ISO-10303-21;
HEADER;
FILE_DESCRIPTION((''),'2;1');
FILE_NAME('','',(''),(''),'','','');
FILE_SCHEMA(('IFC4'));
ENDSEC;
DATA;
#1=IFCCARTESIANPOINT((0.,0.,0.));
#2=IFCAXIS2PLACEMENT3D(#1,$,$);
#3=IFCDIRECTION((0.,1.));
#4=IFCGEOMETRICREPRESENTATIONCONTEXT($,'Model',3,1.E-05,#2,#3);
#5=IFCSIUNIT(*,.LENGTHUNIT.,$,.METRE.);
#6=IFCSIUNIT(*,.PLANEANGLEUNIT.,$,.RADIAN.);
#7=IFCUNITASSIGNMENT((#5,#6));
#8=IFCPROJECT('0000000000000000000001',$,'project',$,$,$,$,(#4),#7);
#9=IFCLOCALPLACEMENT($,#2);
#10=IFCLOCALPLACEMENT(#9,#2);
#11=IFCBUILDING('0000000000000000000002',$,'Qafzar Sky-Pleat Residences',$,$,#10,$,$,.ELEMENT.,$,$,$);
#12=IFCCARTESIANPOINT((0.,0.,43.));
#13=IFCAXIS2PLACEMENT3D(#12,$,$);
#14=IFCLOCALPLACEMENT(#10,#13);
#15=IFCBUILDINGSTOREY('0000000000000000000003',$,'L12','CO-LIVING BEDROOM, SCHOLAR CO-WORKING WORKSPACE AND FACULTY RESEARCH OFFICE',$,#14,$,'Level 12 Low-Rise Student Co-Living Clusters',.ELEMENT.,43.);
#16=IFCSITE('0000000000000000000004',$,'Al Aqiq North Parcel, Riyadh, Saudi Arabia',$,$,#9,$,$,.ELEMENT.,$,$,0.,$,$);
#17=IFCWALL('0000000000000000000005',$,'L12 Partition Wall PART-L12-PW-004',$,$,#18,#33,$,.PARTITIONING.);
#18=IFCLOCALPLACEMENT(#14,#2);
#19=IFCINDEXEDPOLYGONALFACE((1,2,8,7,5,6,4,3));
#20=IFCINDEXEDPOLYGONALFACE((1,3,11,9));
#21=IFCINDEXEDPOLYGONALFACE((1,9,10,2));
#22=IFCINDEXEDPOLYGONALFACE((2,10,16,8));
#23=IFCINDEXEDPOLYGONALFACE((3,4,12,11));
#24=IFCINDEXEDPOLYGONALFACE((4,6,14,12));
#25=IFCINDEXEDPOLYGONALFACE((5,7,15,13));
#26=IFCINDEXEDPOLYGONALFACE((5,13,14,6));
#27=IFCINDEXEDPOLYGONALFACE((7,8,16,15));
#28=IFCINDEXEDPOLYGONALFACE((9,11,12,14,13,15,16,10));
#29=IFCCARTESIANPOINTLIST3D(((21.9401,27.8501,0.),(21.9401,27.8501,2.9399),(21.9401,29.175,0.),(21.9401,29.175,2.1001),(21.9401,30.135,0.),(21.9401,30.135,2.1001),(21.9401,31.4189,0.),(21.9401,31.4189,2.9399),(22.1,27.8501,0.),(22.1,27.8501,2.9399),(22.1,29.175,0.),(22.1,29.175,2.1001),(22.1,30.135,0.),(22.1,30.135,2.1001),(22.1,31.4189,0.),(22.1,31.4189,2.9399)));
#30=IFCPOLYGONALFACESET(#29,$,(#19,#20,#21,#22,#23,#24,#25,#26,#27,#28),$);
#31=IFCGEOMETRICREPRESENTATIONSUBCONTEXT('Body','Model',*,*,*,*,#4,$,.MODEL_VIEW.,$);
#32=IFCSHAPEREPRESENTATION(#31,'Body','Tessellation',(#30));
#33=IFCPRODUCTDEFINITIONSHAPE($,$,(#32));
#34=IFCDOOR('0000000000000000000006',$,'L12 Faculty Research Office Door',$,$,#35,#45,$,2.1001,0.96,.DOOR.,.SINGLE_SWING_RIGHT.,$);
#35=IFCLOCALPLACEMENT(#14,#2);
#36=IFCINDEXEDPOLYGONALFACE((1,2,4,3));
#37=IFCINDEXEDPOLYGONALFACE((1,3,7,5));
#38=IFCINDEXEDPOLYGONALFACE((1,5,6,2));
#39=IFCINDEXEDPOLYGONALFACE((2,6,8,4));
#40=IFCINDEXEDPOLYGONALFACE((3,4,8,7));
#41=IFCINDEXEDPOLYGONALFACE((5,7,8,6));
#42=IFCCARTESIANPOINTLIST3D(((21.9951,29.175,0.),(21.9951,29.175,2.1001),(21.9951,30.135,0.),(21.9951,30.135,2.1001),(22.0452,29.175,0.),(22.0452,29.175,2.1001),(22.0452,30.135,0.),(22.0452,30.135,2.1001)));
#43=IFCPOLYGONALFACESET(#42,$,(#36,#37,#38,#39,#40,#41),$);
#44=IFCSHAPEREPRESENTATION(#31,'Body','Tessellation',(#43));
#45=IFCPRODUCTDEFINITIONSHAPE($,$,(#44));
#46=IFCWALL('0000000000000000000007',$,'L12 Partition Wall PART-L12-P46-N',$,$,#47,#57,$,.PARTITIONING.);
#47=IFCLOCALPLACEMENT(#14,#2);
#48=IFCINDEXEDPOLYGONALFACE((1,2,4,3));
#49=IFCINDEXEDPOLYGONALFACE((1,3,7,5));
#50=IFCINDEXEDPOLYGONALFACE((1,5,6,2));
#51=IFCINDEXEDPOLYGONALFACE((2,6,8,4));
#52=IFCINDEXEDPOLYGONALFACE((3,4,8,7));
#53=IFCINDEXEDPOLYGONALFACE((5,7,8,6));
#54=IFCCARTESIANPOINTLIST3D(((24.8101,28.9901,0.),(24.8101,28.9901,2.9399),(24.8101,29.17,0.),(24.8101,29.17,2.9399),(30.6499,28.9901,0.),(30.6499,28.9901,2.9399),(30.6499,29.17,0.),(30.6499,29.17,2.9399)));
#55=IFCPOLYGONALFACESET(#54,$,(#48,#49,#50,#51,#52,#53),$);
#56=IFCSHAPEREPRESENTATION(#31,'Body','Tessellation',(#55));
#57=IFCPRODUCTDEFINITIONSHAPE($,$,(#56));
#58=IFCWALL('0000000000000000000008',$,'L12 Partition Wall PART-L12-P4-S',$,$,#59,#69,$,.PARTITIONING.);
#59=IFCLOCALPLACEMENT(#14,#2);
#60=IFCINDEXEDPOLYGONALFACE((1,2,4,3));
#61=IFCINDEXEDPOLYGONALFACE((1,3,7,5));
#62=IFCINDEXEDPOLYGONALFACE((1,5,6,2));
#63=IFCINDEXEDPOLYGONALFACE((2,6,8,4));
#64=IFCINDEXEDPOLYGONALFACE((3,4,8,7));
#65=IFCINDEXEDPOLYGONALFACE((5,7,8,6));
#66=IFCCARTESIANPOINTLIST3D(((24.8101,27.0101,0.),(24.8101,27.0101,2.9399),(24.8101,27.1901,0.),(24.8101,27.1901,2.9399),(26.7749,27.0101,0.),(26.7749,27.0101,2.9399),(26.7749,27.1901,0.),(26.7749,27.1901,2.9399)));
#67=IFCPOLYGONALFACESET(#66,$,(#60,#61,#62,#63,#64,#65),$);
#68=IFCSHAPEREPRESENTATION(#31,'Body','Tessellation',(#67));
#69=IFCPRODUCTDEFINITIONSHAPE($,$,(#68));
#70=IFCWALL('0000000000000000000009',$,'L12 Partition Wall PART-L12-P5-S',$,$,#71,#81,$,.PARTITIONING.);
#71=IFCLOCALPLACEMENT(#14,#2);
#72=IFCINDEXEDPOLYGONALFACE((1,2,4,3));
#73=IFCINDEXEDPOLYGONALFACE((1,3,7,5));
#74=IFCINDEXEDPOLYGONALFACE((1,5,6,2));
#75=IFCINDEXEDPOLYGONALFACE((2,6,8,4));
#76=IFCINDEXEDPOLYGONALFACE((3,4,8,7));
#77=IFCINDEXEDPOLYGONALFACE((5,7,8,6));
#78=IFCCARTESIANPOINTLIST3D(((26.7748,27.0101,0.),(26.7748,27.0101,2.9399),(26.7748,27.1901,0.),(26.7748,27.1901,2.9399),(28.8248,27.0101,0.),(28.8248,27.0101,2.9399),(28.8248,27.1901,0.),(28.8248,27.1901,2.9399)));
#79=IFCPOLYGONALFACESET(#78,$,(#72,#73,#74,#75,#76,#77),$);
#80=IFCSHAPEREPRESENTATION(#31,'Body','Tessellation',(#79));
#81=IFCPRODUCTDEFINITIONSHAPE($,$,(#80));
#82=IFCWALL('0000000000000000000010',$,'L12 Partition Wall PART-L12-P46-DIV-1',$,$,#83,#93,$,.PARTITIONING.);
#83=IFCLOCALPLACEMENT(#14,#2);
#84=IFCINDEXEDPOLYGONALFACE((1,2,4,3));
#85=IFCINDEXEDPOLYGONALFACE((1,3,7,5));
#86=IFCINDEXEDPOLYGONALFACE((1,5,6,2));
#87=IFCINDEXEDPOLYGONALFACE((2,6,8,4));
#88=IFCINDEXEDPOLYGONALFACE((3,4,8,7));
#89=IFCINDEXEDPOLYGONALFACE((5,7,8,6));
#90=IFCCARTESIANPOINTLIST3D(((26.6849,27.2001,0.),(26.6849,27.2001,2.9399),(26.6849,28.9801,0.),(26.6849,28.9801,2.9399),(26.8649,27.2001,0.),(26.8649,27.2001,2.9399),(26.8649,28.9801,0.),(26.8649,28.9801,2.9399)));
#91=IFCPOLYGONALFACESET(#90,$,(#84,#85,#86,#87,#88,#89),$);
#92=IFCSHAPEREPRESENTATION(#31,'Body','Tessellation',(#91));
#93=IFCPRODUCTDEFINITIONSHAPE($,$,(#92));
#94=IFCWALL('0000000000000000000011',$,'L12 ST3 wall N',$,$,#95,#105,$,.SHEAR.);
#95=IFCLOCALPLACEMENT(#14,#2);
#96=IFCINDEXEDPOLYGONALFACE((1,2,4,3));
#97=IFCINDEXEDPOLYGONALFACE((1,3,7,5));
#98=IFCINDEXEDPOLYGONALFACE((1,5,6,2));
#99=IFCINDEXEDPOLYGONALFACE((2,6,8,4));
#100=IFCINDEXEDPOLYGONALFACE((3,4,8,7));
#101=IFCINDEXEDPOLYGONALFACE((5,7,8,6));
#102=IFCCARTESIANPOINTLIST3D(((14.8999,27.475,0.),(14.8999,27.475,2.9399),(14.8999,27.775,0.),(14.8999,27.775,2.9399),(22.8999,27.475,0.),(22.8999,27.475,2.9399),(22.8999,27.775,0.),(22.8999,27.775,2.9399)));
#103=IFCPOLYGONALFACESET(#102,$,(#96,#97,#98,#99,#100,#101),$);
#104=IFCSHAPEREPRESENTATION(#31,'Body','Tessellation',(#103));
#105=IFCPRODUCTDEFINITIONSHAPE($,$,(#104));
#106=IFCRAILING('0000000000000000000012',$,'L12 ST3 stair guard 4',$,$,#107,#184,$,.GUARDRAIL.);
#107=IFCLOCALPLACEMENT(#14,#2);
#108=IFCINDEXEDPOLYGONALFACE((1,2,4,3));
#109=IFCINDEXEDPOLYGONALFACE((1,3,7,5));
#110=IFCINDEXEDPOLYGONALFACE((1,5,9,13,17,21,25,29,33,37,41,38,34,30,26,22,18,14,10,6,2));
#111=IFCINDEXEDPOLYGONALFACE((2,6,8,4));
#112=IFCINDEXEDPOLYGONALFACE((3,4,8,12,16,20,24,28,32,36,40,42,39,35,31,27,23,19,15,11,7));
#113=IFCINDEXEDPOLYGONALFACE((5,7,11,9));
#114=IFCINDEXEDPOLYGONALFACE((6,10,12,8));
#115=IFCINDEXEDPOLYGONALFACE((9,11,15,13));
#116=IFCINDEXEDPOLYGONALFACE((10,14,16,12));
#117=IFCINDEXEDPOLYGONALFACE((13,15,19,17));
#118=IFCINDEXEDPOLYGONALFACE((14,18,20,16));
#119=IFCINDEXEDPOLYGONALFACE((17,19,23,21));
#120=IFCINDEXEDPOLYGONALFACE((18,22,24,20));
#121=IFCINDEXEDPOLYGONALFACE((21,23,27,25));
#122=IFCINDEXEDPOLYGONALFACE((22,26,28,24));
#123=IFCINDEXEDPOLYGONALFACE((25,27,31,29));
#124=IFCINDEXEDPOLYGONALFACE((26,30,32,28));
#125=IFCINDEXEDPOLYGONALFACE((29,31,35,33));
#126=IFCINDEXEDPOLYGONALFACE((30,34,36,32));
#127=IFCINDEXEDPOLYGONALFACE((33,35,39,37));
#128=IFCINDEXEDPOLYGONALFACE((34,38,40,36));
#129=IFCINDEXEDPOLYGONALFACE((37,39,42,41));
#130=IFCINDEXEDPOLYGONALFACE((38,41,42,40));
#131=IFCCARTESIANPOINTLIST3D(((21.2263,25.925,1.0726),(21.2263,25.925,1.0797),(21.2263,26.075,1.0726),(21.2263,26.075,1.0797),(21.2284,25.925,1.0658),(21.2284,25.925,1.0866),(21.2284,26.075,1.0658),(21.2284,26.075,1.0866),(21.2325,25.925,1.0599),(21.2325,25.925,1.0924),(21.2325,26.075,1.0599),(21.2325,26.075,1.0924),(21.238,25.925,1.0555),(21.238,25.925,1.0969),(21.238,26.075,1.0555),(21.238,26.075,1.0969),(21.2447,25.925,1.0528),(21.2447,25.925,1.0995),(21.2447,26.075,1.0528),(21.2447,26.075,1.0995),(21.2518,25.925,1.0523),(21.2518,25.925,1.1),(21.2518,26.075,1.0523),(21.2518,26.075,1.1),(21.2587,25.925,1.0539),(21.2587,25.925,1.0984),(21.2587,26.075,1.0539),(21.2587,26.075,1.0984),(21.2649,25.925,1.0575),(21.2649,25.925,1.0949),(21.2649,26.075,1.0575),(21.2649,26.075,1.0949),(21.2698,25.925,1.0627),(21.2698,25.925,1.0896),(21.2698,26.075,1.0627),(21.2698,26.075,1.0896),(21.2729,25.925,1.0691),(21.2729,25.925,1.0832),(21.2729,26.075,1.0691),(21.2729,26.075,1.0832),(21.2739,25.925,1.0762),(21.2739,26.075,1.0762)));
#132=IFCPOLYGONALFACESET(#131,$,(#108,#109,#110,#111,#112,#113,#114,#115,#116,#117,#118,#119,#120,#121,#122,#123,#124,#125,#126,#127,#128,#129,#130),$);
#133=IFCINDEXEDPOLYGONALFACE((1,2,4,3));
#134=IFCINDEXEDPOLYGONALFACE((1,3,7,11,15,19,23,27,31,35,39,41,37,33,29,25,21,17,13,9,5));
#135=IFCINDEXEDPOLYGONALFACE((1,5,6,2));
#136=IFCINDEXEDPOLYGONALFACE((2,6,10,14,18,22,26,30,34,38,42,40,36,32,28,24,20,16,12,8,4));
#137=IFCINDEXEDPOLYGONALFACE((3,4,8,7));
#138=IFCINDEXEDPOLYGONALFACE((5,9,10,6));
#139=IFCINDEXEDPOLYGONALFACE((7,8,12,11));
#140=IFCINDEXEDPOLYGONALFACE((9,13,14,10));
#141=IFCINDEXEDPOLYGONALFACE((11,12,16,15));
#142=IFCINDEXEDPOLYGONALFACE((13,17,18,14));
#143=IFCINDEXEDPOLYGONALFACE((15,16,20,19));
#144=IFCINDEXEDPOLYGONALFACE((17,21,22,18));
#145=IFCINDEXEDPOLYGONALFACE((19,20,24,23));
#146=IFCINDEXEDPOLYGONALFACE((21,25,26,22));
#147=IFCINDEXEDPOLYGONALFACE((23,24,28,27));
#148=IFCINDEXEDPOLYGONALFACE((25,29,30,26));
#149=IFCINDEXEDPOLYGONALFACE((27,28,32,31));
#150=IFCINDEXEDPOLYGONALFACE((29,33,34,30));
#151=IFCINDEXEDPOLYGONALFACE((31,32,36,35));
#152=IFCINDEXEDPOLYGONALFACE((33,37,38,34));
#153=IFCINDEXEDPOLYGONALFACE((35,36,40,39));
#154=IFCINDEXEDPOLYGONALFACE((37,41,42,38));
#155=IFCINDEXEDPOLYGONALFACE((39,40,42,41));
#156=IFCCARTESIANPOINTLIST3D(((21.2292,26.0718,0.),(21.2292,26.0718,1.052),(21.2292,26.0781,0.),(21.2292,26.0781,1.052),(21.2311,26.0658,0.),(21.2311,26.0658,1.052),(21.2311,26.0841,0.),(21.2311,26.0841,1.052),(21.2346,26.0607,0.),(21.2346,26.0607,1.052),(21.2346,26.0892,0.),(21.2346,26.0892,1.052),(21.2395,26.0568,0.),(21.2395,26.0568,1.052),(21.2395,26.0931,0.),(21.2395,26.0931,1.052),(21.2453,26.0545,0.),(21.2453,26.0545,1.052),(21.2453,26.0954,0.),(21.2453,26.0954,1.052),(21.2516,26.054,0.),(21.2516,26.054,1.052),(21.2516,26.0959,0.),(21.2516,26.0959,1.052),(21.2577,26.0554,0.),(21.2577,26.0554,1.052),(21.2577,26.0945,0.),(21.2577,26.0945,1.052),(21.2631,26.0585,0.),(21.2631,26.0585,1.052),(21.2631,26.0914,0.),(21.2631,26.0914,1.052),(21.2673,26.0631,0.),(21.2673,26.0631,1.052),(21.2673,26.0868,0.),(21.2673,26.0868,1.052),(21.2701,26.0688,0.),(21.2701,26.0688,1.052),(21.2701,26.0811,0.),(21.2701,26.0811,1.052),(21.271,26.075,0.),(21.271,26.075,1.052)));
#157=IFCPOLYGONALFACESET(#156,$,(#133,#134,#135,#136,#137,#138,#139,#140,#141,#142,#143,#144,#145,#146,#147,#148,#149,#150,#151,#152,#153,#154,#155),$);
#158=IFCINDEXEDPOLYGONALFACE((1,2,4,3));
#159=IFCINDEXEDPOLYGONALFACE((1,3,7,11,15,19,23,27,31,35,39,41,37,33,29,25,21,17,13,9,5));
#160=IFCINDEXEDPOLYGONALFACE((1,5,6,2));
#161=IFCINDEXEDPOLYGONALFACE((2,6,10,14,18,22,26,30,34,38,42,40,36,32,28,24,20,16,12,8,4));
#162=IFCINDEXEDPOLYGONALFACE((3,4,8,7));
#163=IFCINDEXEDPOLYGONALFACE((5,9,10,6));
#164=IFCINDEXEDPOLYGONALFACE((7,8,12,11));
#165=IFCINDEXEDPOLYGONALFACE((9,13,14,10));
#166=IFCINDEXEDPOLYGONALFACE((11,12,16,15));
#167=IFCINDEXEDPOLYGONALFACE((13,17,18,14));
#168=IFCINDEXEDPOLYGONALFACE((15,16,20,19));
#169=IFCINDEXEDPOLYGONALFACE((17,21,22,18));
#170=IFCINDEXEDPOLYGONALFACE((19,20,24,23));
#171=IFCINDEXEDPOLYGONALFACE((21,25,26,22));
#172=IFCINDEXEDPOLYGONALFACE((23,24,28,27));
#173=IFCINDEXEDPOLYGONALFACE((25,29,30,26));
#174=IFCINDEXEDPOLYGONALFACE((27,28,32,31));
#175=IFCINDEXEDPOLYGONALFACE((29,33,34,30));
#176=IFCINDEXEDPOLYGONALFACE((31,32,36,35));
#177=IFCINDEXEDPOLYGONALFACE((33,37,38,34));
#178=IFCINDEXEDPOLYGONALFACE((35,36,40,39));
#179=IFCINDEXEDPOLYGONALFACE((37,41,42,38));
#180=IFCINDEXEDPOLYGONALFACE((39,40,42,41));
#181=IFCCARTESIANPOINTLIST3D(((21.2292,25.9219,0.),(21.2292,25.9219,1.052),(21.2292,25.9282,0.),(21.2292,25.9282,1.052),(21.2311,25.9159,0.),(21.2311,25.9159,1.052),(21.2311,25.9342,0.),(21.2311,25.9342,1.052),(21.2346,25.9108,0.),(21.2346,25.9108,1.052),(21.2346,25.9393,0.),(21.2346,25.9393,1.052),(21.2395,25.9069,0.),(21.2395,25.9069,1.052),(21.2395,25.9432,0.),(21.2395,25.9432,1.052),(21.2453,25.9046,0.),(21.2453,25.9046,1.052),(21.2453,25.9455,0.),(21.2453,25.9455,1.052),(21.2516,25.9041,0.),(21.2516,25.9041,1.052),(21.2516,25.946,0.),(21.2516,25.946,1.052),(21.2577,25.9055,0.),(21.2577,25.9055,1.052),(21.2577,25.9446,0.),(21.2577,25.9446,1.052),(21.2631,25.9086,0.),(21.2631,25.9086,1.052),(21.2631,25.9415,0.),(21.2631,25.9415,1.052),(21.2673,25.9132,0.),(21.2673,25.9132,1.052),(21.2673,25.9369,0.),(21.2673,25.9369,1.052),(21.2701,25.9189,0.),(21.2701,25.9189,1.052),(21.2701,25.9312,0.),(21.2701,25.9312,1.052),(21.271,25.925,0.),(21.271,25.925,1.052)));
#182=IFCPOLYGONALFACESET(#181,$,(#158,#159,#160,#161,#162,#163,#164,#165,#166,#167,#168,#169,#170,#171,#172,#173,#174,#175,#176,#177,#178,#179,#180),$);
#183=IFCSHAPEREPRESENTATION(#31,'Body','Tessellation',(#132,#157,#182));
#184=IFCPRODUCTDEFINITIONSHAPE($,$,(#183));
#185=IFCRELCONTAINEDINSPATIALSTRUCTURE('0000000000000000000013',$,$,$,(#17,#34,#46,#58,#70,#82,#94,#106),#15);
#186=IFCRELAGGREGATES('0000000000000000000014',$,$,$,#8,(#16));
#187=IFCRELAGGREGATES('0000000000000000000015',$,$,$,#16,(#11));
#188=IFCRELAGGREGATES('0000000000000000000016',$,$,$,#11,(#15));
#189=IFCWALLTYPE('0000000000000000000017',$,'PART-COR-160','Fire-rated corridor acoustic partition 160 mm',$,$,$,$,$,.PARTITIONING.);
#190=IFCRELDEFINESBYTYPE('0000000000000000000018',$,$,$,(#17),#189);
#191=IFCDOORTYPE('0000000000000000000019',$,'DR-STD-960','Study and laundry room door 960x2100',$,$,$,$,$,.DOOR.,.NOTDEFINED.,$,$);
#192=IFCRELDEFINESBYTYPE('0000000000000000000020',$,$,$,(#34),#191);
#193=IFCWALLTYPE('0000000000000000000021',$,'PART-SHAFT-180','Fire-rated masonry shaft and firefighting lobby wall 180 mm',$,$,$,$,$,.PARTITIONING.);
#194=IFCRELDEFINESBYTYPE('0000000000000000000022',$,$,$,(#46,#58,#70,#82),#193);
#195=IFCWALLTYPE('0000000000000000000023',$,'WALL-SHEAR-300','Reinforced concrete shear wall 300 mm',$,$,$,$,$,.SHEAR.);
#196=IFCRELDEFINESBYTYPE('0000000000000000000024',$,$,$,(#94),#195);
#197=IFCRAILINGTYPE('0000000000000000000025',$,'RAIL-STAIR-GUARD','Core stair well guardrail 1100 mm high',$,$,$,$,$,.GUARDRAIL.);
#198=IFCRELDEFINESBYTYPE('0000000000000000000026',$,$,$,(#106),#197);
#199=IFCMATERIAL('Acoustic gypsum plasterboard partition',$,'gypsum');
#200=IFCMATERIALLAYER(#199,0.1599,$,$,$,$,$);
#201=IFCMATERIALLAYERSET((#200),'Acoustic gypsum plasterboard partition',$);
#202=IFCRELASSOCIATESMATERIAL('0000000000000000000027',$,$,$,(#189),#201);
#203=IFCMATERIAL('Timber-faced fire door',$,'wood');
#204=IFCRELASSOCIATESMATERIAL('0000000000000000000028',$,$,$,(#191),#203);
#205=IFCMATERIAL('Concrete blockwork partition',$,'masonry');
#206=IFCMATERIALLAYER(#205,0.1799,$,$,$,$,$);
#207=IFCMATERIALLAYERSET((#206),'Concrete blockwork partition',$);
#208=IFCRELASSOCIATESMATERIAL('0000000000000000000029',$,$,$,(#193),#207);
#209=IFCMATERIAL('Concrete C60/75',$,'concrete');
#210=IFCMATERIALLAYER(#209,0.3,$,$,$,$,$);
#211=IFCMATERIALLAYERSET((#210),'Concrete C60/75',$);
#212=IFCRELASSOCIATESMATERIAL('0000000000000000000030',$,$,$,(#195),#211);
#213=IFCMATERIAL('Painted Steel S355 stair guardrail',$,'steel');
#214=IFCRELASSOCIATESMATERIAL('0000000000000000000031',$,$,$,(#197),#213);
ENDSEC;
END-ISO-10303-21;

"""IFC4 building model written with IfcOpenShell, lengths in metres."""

from ifc_helpers import new_model, si_unit, direction, frame, frame_2d, origin, origin_2d, place, context, subcontext, project, spatial, rectangle, circle, extrude, source, transform, mapped, material, layer, layer_set, type_object, element, fill, save


model = new_model("IFC4")

# Units and contexts
model_context = context("Model", 3, precision=1e-05, world=origin(), true_north=direction((0.0, 1.0)))
body_context = subcontext(model_context, "Body", "Model", "MODEL_VIEW")
ifc_project = project(units=[si_unit("LENGTHUNIT", "METRE"), si_unit("PLANEANGLEUNIT", "RADIAN")], contexts=[model_context])

# Site, building, storey
site_placement = place(None, origin())
site = spatial("IfcSite", under=ifc_project, at=site_placement, Name="Al Aqiq North Parcel, Riyadh, Saudi Arabia", CompositionType="ELEMENT", RefElevation=0.0)
building_placement = place(site_placement, origin())
building = spatial("IfcBuilding", under=site, at=building_placement, Name="Qafzar Sky-Pleat Residences", CompositionType="ELEMENT")
storey_placement = place(building_placement, frame((0.0, 0.0, 43.0)))
storey = spatial("IfcBuildingStorey", under=building, at=storey_placement, Name="L12", Description="CO-LIVING BEDROOM, SCHOLAR CO-WORKING WORKSPACE AND FACULTY RESEARCH OFFICE", LongName="Level 12 Low-Rise Student Co-Living Clusters", CompositionType="ELEMENT", Elevation=43.0)

# Wall, opening, door
ifc_material_1 = material(Name="Acoustic gypsum plasterboard partition", Category="gypsum")
ifc_layer_1 = layer(ifc_material_1, 0.1599)
ifc_layer_set_1 = layer_set([ifc_layer_1], Name="Acoustic gypsum plasterboard partition")
wall_type_1 = type_object("IfcWallType", Name="PART-COR-160", Description="Fire-rated corridor acoustic partition 160 mm", PredefinedType="PARTITIONING", material=ifc_layer_set_1)
wall_1_placement = place(storey_placement, frame((22.02, 27.8501, 0.0), z_axis=(0.0, 0.0, 1.0), x_axis=(0.0, 1.0, 0.0)))
wall_1 = element("IfcWall", 1, at=wall_1_placement, inside=storey, type_object=wall_type_1, Name="L12 Partition Wall PART-L12-PW-004", PredefinedType="PARTITIONING", context=body_context, shape_type="SweptSolid", body=[
    extrude(rectangle(XDim=3.5688, YDim=0.1599, at=frame_2d((1.7844, 0.0))), origin(), (0.0, 0.0, 1.0), 2.9399),
])
opening_1_placement = place(wall_1_placement, frame((1.325, 0.0, 0.0)))
opening_1 = element("IfcOpeningElement", 2, at=opening_1_placement, cuts=wall_1, PredefinedType="OPENING", context=body_context, shape_type="SweptSolid", body=[
    extrude(rectangle(XDim=0.96, YDim=2.1001, at=frame_2d((0.48, 1.05))), frame((0.0, 0.0898, 0.0), z_axis=(0.0, -1.0, 0.0), x_axis=(1.0, 0.0, 0.0)), (0.0, 0.0, 1.0), 0.1799),
])
ifc_material_2 = material(Name="Timber-faced fire door", Category="wood")
door_type_1 = type_object("IfcDoorType", Name="DR-STD-960", Description="Study and laundry room door 960x2100", OperationType="NOTDEFINED", PredefinedType="DOOR", material=ifc_material_2)
shared_shape_1 = source(origin(), body_context, "Body", "SweptSolid", [
    extrude(rectangle(XDim=0.96, YDim=2.1001, at=frame_2d((0.48, 1.05))), frame((0.0, 0.0249, 0.0), z_axis=(0.0, -1.0, 0.0), x_axis=(1.0, 0.0, 0.0)), (0.0, 0.0, 1.0), 0.05),
])
door_1_placement = place(opening_1_placement, origin())
door_1 = element("IfcDoor", 3, at=door_1_placement, inside=storey, type_object=door_type_1, Name="L12 Faculty Research Office Door", OperationType="SINGLE_SWING_RIGHT", OverallHeight=2.1001, OverallWidth=0.96, PredefinedType="DOOR", context=body_context, shape_type="MappedRepresentation", body=[
    mapped(shared_shape_1, transform((0.0, 0.0, 0.0), x_axis=(1.0, 0.0, 0.0), y_axis=(0.0, 1.0, 0.0), z_axis=(0.0, 0.0, 1.0), scale=1.0)),
])
fill(opening_1, door_1)
ifc_material_3 = material(Name="Concrete blockwork partition", Category="masonry")
ifc_layer_2 = layer(ifc_material_3, 0.1799)
ifc_layer_set_2 = layer_set([ifc_layer_2], Name="Concrete blockwork partition")
wall_type_2 = type_object("IfcWallType", Name="PART-SHAFT-180", Description="Fire-rated masonry shaft and firefighting lobby wall 180 mm", PredefinedType="PARTITIONING", material=ifc_layer_set_2)

# Walls
wall_2_placement = place(storey_placement, frame((24.8101, 29.0801, 0.0), z_axis=(0.0, 0.0, 1.0), x_axis=(1.0, 0.0, 0.0)))
element("IfcWall", 4, at=wall_2_placement, inside=storey, type_object=wall_type_2, Name="L12 Partition Wall PART-L12-P46-N", PredefinedType="PARTITIONING", context=body_context, shape_type="SweptSolid", body=[
    extrude(rectangle(XDim=5.8398, YDim=0.1799, at=frame_2d((2.9199, 0.0))), origin(), (0.0, 0.0, 1.0), 2.9399),
])
wall_3_placement = place(storey_placement, frame((24.8101, 27.1001, 0.0), z_axis=(0.0, 0.0, 1.0), x_axis=(1.0, 0.0, 0.0)))
element("IfcWall", 5, at=wall_3_placement, inside=storey, type_object=wall_type_2, Name="L12 Partition Wall PART-L12-P4-S", PredefinedType="PARTITIONING", context=body_context, shape_type="SweptSolid", body=[
    extrude(rectangle(XDim=1.9648, YDim=0.1799, at=frame_2d((0.9824, 0.0))), origin(), (0.0, 0.0, 1.0), 2.9399),
])
wall_4_placement = place(storey_placement, frame((26.7749, 27.1001, 0.0), z_axis=(0.0, 0.0, 1.0), x_axis=(1.0, 0.0, 0.0)))
element("IfcWall", 6, at=wall_4_placement, inside=storey, type_object=wall_type_2, Name="L12 Partition Wall PART-L12-P5-S", PredefinedType="PARTITIONING", context=body_context, shape_type="SweptSolid", body=[
    extrude(rectangle(XDim=2.05, YDim=0.1799, at=frame_2d((1.0249, 0.0))), origin(), (0.0, 0.0, 1.0), 2.9399),
])
wall_5_placement = place(storey_placement, frame((26.7749, 27.2, 0.0), z_axis=(0.0, 0.0, 1.0), x_axis=(0.0, 1.0, 0.0)))
element("IfcWall", 7, at=wall_5_placement, inside=storey, type_object=wall_type_2, Name="L12 Partition Wall PART-L12-P46-DIV-1", PredefinedType="PARTITIONING", context=body_context, shape_type="SweptSolid", body=[
    extrude(rectangle(XDim=1.78, YDim=0.1799, at=frame_2d((0.8901, 0.0))), origin(), (0.0, 0.0, 1.0), 2.9399),
])
ifc_material_4 = material(Name="Concrete C60/75", Category="concrete")
ifc_layer_3 = layer(ifc_material_4, 0.3)
ifc_layer_set_3 = layer_set([ifc_layer_3], Name="Concrete C60/75")
wall_type_3 = type_object("IfcWallType", Name="WALL-SHEAR-300", Description="Reinforced concrete shear wall 300 mm", PredefinedType="SHEAR", material=ifc_layer_set_3)
wall_6_placement = place(storey_placement, frame((22.8999, 27.625, 0.0), z_axis=(0.0, 0.0, 1.0), x_axis=(-1.0, 0.0, 0.0)))
element("IfcWall", 8, at=wall_6_placement, inside=storey, type_object=wall_type_3, Name="L12 ST3 wall N", PredefinedType="SHEAR", context=body_context, shape_type="SweptSolid", body=[
    extrude(rectangle(XDim=8.0, YDim=0.3, at=frame_2d((4.0, 0.0))), origin(), (0.0, 0.0, 1.0), 2.9399),
])

# Railing
ifc_material_5 = material(Name="Painted Steel S355 stair guardrail", Category="steel")
railing_type_1 = type_object("IfcRailingType", Name="RAIL-STAIR-GUARD", Description="Core stair well guardrail 1100 mm high", PredefinedType="GUARDRAIL", material=ifc_material_5)
shared_shape_2 = source(origin(), body_context, "Body", "SweptSolid", [
    extrude(circle(Radius=0.0239, at=origin_2d()), frame((0.0, 0.0, 1.0762), z_axis=(0.0, -1.0, 0.0), x_axis=(1.0, 0.0, 0.0)), (0.0, 0.0, 1.0), 0.1499),
    extrude(circle(Radius=0.021, at=origin_2d()), origin(), (0.0, 0.0, 1.0), 1.052),
    extrude(circle(Radius=0.021, at=origin_2d()), frame((0.0, -0.1499, 0.0)), (0.0, 0.0, 1.0), 1.052),
])
railing_1_placement = place(storey_placement, frame((21.25, 26.075, 0.0)))
element("IfcRailing", 9, at=railing_1_placement, inside=storey, type_object=railing_type_1, Name="L12 ST3 stair guard 4", PredefinedType="GUARDRAIL", context=body_context, shape_type="MappedRepresentation", body=[
    mapped(shared_shape_2, transform((0.0, 0.0, 0.0), x_axis=(1.0, 0.0, 0.0), y_axis=(0.0, 1.0, 0.0), z_axis=(0.0, 0.0, 1.0), scale=1.0)),
])

save(model, "model.ifc")
